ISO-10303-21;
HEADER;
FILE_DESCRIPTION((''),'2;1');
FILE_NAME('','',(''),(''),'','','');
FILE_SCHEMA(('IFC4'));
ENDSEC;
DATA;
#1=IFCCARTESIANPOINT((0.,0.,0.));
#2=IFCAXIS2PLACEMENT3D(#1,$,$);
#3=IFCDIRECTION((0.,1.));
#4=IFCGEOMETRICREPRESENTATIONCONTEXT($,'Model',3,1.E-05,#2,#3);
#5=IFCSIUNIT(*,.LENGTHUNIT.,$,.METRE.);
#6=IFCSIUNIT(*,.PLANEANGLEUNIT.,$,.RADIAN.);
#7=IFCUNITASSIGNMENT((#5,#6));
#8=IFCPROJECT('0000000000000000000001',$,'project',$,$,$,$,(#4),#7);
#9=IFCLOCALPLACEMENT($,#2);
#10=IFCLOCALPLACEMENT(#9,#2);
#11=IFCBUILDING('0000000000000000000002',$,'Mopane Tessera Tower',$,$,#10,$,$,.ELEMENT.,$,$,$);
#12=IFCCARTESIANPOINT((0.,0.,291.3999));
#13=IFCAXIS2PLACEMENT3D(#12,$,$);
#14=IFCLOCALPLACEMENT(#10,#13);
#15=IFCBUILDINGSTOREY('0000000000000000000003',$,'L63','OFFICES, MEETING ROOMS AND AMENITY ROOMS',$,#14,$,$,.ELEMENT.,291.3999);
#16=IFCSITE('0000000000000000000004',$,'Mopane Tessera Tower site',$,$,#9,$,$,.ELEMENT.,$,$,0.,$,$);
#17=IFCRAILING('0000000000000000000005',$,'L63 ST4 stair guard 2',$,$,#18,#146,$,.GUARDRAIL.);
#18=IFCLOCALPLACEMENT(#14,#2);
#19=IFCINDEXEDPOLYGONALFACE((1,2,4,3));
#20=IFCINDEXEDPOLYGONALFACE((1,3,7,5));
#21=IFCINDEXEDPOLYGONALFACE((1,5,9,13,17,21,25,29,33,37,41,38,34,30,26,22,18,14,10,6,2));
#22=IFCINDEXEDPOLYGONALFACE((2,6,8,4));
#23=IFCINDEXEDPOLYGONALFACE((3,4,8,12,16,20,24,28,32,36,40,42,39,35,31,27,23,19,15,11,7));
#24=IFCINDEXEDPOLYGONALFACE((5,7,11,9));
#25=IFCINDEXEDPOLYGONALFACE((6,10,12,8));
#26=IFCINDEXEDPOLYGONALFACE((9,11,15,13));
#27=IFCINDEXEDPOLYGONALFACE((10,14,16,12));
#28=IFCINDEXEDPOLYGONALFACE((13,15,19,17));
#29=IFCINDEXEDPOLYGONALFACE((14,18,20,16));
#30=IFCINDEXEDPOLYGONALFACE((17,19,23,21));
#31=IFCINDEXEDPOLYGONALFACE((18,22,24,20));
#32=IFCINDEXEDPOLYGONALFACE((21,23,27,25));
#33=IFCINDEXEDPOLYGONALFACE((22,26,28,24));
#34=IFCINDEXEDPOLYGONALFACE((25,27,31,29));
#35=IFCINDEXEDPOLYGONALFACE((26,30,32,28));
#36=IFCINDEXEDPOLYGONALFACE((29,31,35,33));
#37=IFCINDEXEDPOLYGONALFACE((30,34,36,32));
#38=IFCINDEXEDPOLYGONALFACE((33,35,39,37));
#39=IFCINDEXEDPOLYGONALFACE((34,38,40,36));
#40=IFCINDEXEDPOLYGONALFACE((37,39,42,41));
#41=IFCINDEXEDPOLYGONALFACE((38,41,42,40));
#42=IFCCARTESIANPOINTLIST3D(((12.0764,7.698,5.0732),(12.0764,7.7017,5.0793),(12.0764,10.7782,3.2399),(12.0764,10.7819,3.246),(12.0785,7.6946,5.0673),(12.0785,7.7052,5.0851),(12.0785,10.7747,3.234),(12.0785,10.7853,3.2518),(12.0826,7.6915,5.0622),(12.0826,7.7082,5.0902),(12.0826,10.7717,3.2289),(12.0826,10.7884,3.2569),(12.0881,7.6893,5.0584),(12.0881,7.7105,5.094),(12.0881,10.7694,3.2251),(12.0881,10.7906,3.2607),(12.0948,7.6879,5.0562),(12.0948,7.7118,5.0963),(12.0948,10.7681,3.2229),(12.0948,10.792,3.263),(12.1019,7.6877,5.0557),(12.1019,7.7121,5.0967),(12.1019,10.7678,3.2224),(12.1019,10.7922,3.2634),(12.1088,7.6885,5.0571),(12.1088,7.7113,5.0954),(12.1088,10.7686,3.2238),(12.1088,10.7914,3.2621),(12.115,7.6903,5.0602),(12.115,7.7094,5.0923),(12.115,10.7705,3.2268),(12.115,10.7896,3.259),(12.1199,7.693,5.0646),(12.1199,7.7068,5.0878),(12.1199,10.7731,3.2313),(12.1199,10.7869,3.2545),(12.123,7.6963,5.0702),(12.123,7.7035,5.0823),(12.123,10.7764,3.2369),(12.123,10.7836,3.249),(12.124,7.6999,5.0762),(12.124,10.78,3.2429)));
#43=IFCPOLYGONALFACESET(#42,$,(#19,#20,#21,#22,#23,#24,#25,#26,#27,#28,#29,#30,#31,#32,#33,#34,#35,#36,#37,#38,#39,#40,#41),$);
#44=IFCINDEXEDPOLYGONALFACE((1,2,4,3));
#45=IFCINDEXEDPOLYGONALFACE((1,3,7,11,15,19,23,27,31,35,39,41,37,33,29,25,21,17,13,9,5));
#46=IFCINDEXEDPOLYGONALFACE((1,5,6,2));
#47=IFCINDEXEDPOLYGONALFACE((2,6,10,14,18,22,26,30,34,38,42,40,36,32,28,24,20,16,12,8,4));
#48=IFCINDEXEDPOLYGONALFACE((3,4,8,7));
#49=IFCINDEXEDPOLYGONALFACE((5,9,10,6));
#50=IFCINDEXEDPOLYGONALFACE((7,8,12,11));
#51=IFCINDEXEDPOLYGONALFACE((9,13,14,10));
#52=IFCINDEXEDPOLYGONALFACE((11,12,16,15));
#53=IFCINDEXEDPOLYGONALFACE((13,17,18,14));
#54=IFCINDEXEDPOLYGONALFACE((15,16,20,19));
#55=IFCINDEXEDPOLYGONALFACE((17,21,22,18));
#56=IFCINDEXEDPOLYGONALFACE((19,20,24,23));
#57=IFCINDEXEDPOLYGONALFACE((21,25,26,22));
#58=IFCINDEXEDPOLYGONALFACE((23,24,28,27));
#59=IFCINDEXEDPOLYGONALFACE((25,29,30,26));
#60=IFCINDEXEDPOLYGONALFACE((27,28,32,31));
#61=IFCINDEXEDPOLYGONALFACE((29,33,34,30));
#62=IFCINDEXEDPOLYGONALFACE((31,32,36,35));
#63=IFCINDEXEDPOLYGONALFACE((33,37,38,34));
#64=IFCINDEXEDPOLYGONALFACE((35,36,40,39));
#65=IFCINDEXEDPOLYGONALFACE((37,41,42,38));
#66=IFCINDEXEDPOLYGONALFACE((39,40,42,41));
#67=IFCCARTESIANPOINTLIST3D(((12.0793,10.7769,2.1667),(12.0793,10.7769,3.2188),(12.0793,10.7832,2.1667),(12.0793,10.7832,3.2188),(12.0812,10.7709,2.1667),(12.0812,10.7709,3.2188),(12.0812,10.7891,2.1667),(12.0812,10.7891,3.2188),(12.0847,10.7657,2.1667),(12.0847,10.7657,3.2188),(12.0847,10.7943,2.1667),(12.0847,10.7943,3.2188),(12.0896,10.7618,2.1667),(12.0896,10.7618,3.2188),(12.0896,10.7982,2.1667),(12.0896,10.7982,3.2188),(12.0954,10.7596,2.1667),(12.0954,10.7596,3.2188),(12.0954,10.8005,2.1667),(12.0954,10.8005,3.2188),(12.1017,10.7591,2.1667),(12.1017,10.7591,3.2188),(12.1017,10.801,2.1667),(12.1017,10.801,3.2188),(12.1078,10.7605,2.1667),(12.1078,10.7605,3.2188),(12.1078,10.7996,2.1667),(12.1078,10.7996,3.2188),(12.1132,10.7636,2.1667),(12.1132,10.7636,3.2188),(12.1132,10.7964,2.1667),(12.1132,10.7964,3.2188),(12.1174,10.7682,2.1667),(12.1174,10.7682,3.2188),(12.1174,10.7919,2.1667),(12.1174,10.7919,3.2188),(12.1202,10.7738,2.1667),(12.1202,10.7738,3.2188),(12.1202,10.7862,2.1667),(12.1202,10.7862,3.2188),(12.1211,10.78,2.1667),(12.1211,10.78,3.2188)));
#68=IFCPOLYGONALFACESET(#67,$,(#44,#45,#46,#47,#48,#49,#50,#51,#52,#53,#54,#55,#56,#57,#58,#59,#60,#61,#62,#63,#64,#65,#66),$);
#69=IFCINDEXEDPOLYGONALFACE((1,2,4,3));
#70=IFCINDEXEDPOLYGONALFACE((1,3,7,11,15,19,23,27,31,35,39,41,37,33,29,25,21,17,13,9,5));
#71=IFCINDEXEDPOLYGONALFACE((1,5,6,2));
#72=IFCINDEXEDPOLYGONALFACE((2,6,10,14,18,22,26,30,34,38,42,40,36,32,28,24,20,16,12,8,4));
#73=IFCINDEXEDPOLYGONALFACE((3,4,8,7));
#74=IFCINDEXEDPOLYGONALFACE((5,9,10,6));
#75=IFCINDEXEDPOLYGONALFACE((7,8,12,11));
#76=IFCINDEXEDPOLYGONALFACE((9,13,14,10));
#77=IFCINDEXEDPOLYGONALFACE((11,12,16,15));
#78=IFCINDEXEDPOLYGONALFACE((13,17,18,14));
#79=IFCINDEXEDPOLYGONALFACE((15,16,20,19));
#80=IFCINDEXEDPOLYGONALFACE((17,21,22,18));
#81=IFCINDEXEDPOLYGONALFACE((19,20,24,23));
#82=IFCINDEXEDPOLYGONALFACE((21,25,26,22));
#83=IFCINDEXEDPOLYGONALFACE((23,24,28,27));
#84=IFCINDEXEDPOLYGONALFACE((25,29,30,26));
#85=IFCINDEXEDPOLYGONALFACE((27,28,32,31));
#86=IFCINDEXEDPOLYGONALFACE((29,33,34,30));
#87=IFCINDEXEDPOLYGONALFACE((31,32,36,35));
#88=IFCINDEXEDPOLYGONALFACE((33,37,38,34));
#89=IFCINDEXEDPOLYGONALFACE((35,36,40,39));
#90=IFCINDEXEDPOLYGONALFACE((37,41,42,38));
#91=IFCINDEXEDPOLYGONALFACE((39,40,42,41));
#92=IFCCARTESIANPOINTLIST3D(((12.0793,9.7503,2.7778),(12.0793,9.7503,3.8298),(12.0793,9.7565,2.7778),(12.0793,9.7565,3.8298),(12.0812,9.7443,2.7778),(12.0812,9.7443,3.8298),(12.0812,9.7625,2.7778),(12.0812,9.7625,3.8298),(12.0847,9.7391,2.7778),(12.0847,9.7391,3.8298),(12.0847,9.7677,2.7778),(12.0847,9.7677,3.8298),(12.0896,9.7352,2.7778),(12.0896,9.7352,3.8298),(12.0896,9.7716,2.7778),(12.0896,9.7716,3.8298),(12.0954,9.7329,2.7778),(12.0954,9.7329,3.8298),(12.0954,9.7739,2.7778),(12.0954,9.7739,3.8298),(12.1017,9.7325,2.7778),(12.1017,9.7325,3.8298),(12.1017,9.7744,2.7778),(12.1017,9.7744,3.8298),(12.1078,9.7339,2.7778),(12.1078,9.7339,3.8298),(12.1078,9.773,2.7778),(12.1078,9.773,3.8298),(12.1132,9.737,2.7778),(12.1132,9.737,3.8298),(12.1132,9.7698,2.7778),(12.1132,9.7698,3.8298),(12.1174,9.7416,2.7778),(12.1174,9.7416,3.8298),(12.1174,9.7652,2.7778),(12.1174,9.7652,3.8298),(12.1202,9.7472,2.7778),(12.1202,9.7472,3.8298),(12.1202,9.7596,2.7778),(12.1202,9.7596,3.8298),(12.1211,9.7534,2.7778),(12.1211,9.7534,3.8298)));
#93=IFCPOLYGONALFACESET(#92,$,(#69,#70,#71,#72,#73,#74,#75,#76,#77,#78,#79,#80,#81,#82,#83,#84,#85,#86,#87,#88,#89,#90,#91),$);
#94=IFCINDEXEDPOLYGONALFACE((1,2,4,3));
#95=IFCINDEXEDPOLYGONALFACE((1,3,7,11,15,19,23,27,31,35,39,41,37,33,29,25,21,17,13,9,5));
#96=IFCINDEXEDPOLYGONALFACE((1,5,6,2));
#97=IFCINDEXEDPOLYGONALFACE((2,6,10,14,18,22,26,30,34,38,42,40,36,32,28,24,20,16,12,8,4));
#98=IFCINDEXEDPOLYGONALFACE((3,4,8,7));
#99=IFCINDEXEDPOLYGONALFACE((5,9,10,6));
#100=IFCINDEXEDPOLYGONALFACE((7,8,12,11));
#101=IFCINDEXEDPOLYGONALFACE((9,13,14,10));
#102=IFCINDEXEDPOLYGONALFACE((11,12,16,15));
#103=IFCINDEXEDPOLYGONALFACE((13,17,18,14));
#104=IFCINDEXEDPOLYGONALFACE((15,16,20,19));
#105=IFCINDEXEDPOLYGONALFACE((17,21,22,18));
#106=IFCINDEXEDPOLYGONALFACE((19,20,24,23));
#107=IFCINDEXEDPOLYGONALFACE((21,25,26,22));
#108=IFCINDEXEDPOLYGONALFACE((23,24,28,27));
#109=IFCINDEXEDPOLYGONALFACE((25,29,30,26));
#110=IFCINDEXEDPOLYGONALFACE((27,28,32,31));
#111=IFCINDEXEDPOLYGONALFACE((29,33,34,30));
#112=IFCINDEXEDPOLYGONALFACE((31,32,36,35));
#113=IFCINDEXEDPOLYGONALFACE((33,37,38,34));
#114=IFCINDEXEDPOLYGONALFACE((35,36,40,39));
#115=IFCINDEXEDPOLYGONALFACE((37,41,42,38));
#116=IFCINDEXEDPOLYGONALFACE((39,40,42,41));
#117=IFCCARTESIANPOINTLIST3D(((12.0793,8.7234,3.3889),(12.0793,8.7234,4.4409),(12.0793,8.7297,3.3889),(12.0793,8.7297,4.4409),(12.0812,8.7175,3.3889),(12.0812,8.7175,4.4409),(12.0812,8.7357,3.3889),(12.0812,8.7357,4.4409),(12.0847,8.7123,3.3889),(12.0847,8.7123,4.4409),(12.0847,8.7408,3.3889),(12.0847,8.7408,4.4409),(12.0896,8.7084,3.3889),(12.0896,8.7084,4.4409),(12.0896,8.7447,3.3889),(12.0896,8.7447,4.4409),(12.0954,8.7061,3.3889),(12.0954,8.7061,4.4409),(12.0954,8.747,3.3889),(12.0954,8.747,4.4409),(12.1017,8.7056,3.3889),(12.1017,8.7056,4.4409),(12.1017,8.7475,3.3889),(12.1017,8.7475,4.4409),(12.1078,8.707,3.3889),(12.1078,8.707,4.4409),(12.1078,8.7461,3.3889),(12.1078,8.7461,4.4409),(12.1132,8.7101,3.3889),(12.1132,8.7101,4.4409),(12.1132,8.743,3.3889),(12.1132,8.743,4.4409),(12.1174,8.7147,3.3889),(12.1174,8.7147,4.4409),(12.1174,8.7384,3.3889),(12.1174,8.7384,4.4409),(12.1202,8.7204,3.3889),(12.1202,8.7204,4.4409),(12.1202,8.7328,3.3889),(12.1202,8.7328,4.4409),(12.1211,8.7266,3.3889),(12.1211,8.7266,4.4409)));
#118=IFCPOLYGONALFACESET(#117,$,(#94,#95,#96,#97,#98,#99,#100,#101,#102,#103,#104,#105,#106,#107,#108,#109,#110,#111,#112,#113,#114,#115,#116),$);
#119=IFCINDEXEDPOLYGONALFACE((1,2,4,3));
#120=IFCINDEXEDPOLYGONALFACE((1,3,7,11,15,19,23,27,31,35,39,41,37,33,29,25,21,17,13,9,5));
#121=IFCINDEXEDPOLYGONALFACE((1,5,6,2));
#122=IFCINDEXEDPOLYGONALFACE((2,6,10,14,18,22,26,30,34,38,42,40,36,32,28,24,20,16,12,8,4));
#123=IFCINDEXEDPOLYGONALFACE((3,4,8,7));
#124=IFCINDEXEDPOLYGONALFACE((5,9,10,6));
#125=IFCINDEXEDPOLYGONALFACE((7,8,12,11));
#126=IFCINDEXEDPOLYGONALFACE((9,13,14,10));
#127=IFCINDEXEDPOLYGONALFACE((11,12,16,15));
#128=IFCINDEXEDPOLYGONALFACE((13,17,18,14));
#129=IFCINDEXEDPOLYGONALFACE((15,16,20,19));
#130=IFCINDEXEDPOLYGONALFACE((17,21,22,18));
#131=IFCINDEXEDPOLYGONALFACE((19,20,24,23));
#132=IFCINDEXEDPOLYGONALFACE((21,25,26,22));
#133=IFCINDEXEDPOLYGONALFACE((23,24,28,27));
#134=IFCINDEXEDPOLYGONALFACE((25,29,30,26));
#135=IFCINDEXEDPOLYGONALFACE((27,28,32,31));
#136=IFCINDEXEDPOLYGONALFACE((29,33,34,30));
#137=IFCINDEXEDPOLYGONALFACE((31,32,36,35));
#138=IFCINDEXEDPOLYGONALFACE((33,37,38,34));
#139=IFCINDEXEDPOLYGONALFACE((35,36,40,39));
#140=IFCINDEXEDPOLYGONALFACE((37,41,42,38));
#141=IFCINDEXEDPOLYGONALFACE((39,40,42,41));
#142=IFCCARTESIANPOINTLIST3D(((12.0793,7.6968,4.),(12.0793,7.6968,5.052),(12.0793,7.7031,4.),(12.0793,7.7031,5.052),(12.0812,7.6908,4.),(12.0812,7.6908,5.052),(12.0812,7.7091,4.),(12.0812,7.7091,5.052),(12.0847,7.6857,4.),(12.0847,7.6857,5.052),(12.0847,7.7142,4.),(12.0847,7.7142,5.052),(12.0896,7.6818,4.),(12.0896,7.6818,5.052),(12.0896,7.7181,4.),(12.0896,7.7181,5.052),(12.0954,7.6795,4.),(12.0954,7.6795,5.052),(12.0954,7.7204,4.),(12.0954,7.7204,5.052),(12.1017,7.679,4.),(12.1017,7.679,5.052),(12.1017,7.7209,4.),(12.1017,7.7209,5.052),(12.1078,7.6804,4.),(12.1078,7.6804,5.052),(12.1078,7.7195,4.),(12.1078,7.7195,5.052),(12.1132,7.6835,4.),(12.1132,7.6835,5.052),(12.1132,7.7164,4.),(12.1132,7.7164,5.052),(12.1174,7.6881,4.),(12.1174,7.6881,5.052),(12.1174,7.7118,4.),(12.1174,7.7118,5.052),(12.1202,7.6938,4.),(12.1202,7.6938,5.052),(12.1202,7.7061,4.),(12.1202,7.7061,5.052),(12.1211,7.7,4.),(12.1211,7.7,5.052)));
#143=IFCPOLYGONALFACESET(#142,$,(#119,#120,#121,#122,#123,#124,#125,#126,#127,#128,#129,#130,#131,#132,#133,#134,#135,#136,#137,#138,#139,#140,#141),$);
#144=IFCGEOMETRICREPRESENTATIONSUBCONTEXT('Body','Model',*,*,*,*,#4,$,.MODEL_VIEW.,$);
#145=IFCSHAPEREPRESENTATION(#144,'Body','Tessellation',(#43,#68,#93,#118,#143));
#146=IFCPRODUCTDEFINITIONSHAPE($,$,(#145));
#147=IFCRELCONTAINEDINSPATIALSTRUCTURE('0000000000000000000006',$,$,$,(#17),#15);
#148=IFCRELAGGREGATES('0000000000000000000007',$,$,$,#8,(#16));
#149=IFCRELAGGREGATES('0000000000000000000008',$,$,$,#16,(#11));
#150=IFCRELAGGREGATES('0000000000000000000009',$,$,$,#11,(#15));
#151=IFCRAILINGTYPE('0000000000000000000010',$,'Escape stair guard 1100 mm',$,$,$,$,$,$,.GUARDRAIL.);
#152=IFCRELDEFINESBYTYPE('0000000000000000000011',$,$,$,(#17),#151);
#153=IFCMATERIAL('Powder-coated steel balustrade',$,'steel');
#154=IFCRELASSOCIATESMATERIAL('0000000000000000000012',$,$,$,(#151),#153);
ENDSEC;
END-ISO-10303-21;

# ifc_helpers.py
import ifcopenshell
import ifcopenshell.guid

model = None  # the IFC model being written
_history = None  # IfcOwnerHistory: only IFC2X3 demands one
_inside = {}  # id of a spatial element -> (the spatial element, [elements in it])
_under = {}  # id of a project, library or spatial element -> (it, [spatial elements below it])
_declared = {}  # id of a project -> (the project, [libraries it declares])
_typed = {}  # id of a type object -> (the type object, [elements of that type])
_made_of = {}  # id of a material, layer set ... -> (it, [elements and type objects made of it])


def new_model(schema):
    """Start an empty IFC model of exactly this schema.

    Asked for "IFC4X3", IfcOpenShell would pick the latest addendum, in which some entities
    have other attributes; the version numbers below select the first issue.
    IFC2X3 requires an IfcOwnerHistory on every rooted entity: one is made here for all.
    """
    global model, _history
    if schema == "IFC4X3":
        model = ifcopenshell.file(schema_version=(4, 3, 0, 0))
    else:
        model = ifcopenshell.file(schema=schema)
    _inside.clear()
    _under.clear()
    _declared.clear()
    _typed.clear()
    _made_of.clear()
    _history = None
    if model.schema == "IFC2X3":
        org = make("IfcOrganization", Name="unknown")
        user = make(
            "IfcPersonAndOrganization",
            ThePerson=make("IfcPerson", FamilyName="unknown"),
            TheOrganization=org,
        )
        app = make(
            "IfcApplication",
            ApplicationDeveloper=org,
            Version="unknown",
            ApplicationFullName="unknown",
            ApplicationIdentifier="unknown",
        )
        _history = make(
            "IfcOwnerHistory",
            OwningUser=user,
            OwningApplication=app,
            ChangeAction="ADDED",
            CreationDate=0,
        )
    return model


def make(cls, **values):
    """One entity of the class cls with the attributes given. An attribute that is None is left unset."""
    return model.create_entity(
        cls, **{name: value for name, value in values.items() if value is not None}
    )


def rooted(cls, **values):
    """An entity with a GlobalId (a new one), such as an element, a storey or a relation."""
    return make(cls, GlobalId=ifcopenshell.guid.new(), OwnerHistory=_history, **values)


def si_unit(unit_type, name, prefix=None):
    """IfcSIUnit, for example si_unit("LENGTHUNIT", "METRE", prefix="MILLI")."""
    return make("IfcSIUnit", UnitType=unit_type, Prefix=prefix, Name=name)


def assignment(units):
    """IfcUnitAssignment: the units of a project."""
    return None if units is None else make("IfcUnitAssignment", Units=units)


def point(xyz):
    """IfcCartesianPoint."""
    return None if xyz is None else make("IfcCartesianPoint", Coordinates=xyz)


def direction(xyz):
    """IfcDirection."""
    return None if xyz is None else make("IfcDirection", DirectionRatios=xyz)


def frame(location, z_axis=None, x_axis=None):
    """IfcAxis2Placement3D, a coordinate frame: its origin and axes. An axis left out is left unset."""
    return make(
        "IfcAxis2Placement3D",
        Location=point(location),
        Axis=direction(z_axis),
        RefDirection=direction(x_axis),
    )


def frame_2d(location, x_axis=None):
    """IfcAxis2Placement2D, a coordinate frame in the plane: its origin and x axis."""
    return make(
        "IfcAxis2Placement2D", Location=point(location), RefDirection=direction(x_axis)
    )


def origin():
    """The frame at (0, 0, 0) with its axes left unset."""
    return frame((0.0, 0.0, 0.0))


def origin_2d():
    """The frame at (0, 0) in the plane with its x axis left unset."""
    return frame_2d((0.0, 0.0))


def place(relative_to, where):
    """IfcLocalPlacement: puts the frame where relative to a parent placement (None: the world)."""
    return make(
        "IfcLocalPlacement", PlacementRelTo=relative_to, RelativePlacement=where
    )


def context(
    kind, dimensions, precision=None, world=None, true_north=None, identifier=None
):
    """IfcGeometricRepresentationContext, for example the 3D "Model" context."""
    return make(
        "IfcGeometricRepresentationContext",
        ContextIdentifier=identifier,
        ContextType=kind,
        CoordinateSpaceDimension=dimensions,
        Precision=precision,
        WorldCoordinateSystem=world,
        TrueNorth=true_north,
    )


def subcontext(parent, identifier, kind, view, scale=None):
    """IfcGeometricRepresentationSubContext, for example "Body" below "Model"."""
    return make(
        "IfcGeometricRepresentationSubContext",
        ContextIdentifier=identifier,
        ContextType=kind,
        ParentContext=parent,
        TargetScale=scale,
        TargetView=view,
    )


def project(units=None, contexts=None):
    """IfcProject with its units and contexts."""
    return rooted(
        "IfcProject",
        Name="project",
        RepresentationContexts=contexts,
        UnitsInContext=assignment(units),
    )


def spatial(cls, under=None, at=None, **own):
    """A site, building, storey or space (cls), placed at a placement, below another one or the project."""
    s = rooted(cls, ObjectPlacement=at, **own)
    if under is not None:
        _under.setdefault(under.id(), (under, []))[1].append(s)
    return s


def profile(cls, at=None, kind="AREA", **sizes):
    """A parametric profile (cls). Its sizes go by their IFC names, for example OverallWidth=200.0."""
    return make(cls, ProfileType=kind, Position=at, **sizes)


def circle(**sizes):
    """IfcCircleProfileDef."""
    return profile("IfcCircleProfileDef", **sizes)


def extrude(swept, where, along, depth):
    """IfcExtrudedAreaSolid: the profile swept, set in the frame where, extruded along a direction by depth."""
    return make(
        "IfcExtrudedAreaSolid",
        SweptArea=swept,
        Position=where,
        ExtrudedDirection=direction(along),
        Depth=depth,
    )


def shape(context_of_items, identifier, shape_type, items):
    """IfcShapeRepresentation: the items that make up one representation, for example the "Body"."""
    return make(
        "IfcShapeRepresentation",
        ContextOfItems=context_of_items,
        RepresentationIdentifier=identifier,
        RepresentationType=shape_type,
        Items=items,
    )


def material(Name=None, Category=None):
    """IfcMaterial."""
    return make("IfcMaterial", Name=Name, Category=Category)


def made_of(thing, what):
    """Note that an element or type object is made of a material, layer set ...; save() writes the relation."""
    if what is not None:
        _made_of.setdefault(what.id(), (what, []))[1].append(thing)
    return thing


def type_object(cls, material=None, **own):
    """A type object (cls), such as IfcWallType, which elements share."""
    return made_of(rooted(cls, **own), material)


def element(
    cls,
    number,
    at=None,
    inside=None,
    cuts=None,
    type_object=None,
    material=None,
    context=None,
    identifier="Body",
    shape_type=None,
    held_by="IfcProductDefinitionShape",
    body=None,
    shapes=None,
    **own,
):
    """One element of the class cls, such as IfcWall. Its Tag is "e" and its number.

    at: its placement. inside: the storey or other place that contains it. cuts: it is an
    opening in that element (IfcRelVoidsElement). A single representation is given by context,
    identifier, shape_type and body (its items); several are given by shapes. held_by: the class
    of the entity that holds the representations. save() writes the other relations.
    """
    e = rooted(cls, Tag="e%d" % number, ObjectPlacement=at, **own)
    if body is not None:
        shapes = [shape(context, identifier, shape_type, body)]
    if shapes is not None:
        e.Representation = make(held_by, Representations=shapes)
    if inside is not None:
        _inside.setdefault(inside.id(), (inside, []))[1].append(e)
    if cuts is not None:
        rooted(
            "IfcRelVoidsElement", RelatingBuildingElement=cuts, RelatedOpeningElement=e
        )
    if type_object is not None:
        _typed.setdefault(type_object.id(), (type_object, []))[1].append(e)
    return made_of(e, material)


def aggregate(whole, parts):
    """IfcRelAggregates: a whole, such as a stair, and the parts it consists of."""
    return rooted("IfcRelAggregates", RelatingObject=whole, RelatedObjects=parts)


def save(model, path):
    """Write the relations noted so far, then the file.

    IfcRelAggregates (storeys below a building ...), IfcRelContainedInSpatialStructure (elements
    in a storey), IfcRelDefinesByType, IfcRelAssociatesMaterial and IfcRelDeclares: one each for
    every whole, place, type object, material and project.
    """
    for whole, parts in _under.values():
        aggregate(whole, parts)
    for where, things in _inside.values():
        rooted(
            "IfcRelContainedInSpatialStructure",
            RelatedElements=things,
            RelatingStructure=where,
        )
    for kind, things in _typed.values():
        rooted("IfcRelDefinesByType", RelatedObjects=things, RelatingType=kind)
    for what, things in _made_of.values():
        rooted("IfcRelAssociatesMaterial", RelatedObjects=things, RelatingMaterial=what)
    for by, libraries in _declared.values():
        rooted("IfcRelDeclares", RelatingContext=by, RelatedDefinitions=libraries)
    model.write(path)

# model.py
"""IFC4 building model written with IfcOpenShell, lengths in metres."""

from ifc_helpers import new_model, si_unit, direction, frame, origin, origin_2d, place, context, subcontext, project, spatial, circle, extrude, material, type_object, element, save


model = new_model("IFC4")

# Units and contexts
model_context = context("Model", 3, precision=1e-05, world=origin(), true_north=direction((0.0, 1.0)))
body_context = subcontext(model_context, "Body", "Model", "MODEL_VIEW")
ifc_project = project(units=[si_unit("LENGTHUNIT", "METRE"), si_unit("PLANEANGLEUNIT", "RADIAN")], contexts=[model_context])

# Site, building, storey
site_placement = place(None, origin())
site = spatial("IfcSite", under=ifc_project, at=site_placement, Name="Mopane Tessera Tower site", CompositionType="ELEMENT", RefElevation=0.0)
building_placement = place(site_placement, origin())
building = spatial("IfcBuilding", under=site, at=building_placement, Name="Mopane Tessera Tower", CompositionType="ELEMENT")
storey_placement = place(building_placement, frame((0.0, 0.0, 291.3999)))
storey = spatial("IfcBuildingStorey", under=building, at=storey_placement, Name="L63", Description="OFFICES, MEETING ROOMS AND AMENITY ROOMS", CompositionType="ELEMENT", Elevation=291.3999)

# Railing
ifc_material_1 = material(Name="Powder-coated steel balustrade", Category="steel")
railing_type_1 = type_object("IfcRailingType", Name="Escape stair guard 1100 mm", PredefinedType="GUARDRAIL", material=ifc_material_1)
railing_1_placement = place(storey_placement, frame((12.1001, 10.78, 2.1667)))
element("IfcRailing", 1, at=railing_1_placement, inside=storey, type_object=railing_type_1, Name="L63 ST4 stair guard 2", PredefinedType="GUARDRAIL", context=body_context, shape_type="SweptSolid", body=[
    extrude(circle(Radius=0.0239, at=origin_2d()), frame((0.0, 0.0, 1.0762), z_axis=(0.0, -0.859309, 0.511458), x_axis=(1.0, 0.0, 0.0)), (0.0, 0.0, 1.0), 3.5845),
    extrude(circle(Radius=0.021, at=origin_2d()), origin(), (0.0, 0.0, 1.0), 1.052),
    extrude(circle(Radius=0.021, at=origin_2d()), frame((0.0, -1.0266, 0.6111)), (0.0, 0.0, 1.0), 1.052),
    extrude(circle(Radius=0.021, at=origin_2d()), frame((0.0, -2.0535, 1.2222)), (0.0, 0.0, 1.0), 1.052),
    extrude(circle(Radius=0.021, at=origin_2d()), frame((0.0, -3.0801, 1.8333)), (0.0, 0.0, 1.0), 1.052),
])

save(model, "model.ifc")
